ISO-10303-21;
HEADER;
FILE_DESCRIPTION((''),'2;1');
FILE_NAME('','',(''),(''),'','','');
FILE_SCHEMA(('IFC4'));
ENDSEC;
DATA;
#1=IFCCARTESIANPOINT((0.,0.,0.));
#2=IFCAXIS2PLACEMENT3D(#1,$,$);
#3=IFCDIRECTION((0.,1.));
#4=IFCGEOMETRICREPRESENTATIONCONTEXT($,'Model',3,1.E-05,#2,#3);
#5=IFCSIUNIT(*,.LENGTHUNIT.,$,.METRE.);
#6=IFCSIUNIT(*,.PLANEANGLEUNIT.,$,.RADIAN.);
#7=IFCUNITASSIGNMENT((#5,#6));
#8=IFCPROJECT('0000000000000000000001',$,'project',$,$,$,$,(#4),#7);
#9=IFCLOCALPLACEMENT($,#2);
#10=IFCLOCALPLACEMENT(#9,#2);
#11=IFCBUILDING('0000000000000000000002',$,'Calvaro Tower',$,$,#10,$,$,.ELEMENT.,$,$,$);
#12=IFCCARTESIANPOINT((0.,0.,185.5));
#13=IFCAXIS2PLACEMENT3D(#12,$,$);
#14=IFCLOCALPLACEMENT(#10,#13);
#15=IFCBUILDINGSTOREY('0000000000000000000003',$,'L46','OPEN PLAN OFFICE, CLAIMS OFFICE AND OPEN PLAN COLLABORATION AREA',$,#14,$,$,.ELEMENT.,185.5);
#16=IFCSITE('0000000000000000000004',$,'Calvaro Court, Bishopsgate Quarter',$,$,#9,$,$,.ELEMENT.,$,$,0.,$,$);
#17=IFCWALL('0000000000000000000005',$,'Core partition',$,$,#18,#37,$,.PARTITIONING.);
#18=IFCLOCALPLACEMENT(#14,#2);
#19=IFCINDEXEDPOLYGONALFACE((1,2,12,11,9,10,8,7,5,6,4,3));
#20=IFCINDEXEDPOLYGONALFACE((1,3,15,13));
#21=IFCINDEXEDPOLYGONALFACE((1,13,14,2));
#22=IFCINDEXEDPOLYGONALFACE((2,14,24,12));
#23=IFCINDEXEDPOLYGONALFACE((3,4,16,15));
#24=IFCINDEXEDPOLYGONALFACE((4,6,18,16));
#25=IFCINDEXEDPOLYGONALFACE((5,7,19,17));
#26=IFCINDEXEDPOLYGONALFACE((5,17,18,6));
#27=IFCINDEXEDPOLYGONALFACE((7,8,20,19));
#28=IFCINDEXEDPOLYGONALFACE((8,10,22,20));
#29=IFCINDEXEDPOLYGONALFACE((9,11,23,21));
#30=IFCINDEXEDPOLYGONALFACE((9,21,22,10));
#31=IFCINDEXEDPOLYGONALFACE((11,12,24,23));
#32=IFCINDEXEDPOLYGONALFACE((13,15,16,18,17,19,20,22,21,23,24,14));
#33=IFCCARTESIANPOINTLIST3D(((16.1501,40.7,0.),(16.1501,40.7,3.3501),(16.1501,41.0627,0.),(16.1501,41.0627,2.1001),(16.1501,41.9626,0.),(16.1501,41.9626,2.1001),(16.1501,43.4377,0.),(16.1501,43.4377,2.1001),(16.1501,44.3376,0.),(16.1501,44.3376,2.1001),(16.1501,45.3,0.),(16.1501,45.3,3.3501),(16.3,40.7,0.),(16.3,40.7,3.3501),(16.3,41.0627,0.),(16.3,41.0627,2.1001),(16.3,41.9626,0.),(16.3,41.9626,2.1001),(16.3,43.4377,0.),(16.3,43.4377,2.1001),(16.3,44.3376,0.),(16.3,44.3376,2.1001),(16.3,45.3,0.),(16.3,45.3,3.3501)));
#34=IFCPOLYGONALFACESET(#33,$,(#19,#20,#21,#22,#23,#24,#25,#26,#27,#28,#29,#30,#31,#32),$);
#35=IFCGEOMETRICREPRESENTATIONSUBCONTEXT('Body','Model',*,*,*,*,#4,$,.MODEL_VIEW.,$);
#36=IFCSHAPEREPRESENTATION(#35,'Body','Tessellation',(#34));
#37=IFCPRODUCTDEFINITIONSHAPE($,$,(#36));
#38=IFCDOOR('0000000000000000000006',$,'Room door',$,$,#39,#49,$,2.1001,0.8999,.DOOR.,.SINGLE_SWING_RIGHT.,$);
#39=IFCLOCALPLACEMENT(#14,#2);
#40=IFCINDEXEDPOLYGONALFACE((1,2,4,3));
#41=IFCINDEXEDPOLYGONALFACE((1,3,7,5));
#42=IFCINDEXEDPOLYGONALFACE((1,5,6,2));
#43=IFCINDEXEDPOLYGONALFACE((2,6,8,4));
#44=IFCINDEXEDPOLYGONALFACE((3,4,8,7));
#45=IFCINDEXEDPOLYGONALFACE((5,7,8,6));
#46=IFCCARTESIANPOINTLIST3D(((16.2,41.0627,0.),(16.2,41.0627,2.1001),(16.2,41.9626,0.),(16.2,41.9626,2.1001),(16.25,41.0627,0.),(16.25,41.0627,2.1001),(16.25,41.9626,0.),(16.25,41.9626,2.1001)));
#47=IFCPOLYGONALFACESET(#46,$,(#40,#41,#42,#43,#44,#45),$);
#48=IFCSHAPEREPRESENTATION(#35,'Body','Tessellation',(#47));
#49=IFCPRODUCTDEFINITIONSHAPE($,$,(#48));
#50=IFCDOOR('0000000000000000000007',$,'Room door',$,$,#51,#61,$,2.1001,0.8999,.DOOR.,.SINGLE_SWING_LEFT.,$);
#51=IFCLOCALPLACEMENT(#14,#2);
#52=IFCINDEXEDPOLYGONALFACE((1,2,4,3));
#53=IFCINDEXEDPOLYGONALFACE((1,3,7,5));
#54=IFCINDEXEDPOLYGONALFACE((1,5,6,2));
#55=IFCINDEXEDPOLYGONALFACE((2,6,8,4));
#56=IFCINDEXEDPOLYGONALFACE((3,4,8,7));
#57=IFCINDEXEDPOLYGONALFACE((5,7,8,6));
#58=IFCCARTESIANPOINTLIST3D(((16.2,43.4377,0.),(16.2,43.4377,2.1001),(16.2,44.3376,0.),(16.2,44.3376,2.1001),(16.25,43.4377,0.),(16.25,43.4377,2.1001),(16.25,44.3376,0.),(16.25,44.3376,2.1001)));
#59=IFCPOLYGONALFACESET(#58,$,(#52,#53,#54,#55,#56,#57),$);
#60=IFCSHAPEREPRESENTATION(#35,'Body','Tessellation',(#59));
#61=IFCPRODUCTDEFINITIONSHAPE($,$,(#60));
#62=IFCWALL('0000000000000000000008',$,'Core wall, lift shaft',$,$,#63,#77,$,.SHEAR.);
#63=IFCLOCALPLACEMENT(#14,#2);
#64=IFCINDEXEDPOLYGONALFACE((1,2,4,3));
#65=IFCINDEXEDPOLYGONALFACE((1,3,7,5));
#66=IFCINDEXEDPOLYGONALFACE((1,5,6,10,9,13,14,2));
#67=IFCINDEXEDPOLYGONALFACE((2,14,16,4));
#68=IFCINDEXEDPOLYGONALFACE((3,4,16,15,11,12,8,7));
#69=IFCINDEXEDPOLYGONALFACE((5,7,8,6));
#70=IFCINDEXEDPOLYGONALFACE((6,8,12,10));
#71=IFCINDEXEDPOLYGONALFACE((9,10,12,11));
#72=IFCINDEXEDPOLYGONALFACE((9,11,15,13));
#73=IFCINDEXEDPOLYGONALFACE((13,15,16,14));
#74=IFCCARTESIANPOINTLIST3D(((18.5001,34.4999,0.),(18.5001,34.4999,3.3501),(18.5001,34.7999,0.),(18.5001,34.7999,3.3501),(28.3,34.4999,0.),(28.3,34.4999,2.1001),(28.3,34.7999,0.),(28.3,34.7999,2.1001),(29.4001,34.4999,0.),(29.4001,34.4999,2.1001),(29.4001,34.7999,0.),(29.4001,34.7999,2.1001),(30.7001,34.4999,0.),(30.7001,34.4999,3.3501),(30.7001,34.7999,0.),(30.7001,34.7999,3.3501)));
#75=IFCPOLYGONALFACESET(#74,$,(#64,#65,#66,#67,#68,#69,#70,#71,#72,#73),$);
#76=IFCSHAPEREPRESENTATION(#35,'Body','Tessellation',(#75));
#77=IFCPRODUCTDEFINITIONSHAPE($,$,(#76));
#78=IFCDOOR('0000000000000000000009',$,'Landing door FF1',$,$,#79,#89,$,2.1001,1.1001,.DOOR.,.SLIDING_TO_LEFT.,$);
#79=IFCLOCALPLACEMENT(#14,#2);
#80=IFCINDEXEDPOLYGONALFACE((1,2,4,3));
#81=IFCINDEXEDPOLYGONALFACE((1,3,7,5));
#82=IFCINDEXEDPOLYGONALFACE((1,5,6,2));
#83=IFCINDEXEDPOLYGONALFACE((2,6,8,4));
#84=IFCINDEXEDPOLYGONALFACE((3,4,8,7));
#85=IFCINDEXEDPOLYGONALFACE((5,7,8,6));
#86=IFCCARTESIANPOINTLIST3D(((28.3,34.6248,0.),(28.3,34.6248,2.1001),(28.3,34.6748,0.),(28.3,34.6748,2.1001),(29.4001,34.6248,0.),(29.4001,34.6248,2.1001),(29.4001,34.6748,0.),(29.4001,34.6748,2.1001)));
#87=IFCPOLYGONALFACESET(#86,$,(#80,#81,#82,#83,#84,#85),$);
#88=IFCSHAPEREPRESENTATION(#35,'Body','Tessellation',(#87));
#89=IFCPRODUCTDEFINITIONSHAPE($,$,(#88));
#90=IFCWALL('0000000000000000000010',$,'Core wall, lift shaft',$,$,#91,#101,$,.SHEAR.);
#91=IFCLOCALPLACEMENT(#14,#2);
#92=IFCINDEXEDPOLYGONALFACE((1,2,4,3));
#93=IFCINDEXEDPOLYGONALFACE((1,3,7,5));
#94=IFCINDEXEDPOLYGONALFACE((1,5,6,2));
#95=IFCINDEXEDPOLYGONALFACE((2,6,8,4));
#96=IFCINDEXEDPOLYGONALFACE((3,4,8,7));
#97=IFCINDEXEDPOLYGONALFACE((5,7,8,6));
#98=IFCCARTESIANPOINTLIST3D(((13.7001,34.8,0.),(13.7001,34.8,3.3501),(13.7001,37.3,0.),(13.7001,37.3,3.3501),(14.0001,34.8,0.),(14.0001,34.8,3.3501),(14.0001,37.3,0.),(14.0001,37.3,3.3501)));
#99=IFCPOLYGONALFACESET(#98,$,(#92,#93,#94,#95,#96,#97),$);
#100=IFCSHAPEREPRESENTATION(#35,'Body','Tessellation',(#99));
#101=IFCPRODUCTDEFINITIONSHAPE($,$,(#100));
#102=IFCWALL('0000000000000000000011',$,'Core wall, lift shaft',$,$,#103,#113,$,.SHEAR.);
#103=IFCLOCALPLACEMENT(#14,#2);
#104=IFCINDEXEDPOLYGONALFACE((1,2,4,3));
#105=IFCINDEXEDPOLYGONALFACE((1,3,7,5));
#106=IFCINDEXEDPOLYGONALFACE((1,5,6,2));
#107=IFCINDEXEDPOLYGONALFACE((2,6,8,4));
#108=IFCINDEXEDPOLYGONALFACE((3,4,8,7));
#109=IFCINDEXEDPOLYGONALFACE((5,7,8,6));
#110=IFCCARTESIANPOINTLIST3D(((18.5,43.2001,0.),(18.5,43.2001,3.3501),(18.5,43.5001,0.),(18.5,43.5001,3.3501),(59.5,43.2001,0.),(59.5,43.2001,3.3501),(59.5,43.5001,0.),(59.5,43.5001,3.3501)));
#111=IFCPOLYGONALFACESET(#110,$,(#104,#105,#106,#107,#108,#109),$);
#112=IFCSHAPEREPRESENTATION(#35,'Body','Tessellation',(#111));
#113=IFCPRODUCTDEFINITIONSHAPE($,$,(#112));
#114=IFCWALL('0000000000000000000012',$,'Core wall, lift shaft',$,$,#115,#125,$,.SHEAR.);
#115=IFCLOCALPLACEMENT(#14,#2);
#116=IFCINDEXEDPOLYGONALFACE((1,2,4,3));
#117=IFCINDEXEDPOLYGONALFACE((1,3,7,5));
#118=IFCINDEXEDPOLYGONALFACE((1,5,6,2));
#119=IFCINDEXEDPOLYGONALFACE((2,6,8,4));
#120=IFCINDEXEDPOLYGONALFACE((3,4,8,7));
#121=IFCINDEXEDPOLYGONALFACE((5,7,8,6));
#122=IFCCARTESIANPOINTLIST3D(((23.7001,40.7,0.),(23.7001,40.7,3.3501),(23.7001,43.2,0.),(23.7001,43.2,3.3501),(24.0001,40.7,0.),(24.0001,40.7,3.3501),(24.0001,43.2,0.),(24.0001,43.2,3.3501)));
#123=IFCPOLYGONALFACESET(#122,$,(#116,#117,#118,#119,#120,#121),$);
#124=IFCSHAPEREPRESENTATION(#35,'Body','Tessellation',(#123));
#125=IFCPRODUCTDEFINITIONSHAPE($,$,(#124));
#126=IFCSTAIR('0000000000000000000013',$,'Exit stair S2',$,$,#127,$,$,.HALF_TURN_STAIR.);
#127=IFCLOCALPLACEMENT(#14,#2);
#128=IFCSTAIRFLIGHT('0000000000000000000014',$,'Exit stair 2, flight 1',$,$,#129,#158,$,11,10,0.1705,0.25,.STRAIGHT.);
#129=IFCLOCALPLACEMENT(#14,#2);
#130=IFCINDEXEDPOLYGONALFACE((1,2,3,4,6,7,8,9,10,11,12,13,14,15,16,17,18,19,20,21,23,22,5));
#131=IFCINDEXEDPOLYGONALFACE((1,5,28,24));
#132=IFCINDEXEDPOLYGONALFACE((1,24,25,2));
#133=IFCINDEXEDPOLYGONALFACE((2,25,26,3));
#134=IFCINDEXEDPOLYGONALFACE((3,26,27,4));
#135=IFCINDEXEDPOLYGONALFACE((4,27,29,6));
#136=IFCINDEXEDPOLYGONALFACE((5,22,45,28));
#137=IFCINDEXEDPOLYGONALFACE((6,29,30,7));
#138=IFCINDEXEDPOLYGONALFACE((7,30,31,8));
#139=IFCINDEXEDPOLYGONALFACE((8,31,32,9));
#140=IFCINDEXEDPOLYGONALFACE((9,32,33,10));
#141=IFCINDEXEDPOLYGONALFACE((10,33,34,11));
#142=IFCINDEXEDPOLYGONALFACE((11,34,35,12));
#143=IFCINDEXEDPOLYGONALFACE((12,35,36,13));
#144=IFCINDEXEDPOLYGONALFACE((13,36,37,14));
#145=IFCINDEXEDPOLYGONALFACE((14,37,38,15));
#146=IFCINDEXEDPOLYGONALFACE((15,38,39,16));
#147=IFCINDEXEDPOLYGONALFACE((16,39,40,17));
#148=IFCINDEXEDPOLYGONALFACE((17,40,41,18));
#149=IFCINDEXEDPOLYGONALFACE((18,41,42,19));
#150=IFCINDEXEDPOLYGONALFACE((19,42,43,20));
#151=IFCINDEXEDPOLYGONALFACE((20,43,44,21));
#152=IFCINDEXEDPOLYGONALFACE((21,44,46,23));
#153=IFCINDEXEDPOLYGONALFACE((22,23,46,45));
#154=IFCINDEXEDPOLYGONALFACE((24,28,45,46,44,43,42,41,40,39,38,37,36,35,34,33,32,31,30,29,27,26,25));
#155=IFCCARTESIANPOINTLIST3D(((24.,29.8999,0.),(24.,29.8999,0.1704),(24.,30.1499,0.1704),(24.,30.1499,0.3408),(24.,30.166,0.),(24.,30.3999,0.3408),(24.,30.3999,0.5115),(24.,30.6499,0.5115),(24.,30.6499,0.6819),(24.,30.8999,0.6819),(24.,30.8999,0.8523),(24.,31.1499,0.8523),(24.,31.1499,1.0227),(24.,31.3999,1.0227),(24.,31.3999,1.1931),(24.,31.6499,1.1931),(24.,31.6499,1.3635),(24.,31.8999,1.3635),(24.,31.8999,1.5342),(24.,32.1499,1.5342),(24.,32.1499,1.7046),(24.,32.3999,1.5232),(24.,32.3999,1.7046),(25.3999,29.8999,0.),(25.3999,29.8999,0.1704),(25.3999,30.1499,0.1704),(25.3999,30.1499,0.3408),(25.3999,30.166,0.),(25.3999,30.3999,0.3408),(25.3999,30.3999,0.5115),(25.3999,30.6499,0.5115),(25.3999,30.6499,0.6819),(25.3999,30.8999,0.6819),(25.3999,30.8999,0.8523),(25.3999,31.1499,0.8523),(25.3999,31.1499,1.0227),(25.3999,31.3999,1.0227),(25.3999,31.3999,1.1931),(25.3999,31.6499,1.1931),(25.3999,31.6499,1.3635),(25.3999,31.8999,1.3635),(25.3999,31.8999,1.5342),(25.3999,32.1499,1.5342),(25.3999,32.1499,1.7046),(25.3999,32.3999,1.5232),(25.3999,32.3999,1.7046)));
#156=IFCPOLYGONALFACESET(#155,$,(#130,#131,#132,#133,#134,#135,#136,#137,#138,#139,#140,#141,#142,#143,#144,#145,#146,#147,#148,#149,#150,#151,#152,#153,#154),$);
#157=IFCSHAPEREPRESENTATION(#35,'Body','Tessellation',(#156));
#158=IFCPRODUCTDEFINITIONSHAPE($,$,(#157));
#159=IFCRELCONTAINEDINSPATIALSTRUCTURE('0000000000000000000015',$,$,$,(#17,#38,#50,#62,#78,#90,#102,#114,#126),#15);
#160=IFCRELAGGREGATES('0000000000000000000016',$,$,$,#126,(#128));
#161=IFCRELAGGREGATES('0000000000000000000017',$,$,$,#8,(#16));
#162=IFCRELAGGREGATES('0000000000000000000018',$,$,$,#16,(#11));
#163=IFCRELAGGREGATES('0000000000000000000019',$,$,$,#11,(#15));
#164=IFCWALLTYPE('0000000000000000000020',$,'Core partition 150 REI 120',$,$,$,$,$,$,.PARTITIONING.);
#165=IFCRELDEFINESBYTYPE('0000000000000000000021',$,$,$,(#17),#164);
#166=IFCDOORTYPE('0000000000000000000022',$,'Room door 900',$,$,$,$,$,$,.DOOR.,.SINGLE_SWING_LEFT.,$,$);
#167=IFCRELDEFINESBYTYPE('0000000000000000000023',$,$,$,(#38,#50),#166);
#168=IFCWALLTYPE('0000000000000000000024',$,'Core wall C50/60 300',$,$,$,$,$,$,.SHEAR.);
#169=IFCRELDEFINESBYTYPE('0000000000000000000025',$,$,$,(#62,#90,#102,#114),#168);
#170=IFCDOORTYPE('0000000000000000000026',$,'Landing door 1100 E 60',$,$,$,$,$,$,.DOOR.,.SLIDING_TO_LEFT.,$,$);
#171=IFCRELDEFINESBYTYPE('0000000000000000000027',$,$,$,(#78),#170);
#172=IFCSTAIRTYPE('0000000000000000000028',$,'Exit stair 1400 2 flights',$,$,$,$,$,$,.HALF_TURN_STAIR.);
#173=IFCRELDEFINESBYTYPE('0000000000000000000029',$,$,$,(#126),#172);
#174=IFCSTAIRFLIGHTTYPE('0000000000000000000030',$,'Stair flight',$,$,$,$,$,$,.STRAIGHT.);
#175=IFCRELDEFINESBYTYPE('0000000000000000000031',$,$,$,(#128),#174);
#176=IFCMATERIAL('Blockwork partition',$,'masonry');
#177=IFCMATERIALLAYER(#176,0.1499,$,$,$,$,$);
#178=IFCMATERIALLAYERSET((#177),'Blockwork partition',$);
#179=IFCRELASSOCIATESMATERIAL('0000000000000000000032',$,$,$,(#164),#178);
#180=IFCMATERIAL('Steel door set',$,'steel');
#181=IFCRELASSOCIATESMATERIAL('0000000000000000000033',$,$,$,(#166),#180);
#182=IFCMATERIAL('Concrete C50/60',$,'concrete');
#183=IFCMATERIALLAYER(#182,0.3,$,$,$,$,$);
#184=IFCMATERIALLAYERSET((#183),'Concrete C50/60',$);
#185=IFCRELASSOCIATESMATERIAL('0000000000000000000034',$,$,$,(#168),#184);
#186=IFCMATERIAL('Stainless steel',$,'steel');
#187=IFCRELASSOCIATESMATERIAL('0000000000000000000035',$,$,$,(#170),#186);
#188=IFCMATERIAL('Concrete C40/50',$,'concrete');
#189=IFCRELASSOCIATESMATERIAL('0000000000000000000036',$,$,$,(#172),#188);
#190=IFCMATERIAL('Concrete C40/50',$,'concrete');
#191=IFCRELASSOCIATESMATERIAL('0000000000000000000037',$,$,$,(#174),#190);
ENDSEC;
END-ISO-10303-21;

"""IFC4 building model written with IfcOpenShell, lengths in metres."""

from ifc_helpers import new_model, si_unit, direction, frame, frame_2d, origin, place, context, subcontext, project, spatial, polyline, rectangle, outline, extrude, material, layer, layer_set, type_object, element, fill, aggregate, save


model = new_model("IFC4")

# Units and contexts
model_context = context("Model", 3, precision=1e-05, world=origin(), true_north=direction((0.0, 1.0)))
body_context = subcontext(model_context, "Body", "Model", "MODEL_VIEW")
ifc_project = project(units=[si_unit("LENGTHUNIT", "METRE"), si_unit("PLANEANGLEUNIT", "RADIAN")], contexts=[model_context])

# Site, building, storey
site_placement = place(None, origin())
site = spatial("IfcSite", under=ifc_project, at=site_placement, Name="Calvaro Court, Bishopsgate Quarter", CompositionType="ELEMENT", RefElevation=0.0)
building_placement = place(site_placement, origin())
building = spatial("IfcBuilding", under=site, at=building_placement, Name="Calvaro Tower", CompositionType="ELEMENT")
storey_placement = place(building_placement, frame((0.0, 0.0, 185.5)))
storey = spatial("IfcBuildingStorey", under=building, at=storey_placement, Name="L46", Description="OPEN PLAN OFFICE, CLAIMS OFFICE AND OPEN PLAN COLLABORATION AREA", CompositionType="ELEMENT", Elevation=185.5)

# Wall, openings, doors
ifc_material_1 = material(Name="Blockwork partition", Category="masonry")
ifc_layer_1 = layer(ifc_material_1, 0.1499)
ifc_layer_set_1 = layer_set([ifc_layer_1], Name="Blockwork partition")
wall_type_1 = type_object("IfcWallType", Name="Core partition 150 REI 120", PredefinedType="PARTITIONING", material=ifc_layer_set_1)
wall_1_placement = place(storey_placement, frame((16.2251, 45.3, 0.0), z_axis=(0.0, 0.0, 1.0), x_axis=(0.0, -1.0, 0.0)))
wall_1 = element("IfcWall", 1, at=wall_1_placement, inside=storey, type_object=wall_type_1, Name="Core partition", PredefinedType="PARTITIONING", context=body_context, shape_type="SweptSolid", body=[
    extrude(rectangle(XDim=4.6001, YDim=0.1499, at=frame_2d((2.3, 0.0))), origin(), (0.0, 0.0, 1.0), 3.3501),
])
opening_1_placement = place(wall_1_placement, frame((3.3374, 0.0, 0.0)))
opening_1 = element("IfcOpeningElement", 2, at=opening_1_placement, cuts=wall_1, PredefinedType="OPENING", context=body_context, shape_type="SweptSolid", body=[
    extrude(rectangle(XDim=0.8999, YDim=2.1001, at=frame_2d((0.45, 1.05))), frame((0.0, 0.085, 0.0), z_axis=(0.0, -1.0, 0.0), x_axis=(1.0, 0.0, 0.0)), (0.0, 0.0, 1.0), 0.1699),
])
opening_2_placement = place(wall_1_placement, frame((0.9624, 0.0, 0.0)))
opening_2 = element("IfcOpeningElement", 3, at=opening_2_placement, cuts=wall_1, PredefinedType="OPENING", context=body_context, shape_type="SweptSolid", body=[
    extrude(rectangle(XDim=0.8999, YDim=2.1001, at=frame_2d((0.45, 1.05))), frame((0.0, 0.085, 0.0), z_axis=(0.0, -1.0, 0.0), x_axis=(1.0, 0.0, 0.0)), (0.0, 0.0, 1.0), 0.1699),
])
ifc_material_2 = material(Name="Steel door set", Category="steel")
door_type_1 = type_object("IfcDoorType", Name="Room door 900", OperationType="SINGLE_SWING_LEFT", PredefinedType="DOOR", material=ifc_material_2)
door_1_placement = place(opening_1_placement, origin())
door_1 = element("IfcDoor", 4, at=door_1_placement, inside=storey, type_object=door_type_1, Name="Room door", OperationType="SINGLE_SWING_RIGHT", OverallHeight=2.1001, OverallWidth=0.8999, PredefinedType="DOOR", context=body_context, shape_type="SweptSolid", body=[
    extrude(rectangle(XDim=0.8999, YDim=2.1001, at=frame_2d((0.45, 1.05))), frame((0.0, 0.0249, 0.0), z_axis=(0.0, -1.0, 0.0), x_axis=(1.0, 0.0, 0.0)), (0.0, 0.0, 1.0), 0.05),
])
fill(opening_1, door_1)
door_2_placement = place(opening_2_placement, origin())
door_2 = element("IfcDoor", 5, at=door_2_placement, inside=storey, type_object=door_type_1, Name="Room door", OperationType="SINGLE_SWING_LEFT", OverallHeight=2.1001, OverallWidth=0.8999, PredefinedType="DOOR", context=body_context, shape_type="SweptSolid", body=[
    extrude(rectangle(XDim=0.8999, YDim=2.1001, at=frame_2d((0.45, 1.05))), frame((0.0, 0.0249, 0.0), z_axis=(0.0, -1.0, 0.0), x_axis=(1.0, 0.0, 0.0)), (0.0, 0.0, 1.0), 0.05),
])
fill(opening_2, door_2)

# Wall, opening, door
ifc_material_3 = material(Name="Concrete C50/60", Category="concrete")
ifc_layer_2 = layer(ifc_material_3, 0.3)
ifc_layer_set_2 = layer_set([ifc_layer_2], Name="Concrete C50/60")
wall_type_2 = type_object("IfcWallType", Name="Core wall C50/60 300", PredefinedType="SHEAR", material=ifc_layer_set_2)
wall_2_placement = place(storey_placement, frame((18.5, 34.6499, 0.0), z_axis=(0.0, 0.0, 1.0), x_axis=(1.0, 0.0, 0.0)))
wall_2 = element("IfcWall", 6, at=wall_2_placement, inside=storey, type_object=wall_type_2, Name="Core wall, lift shaft", PredefinedType="SHEAR", context=body_context, shape_type="SweptSolid", body=[
    extrude(rectangle(XDim=12.2, YDim=0.3, at=frame_2d((6.1001, 0.0))), origin(), (0.0, 0.0, 1.0), 3.3501),
])
opening_3_placement = place(wall_2_placement, frame((9.8, 0.0, 0.0)))
opening_3 = element("IfcOpeningElement", 7, at=opening_3_placement, cuts=wall_2, PredefinedType="OPENING", context=body_context, shape_type="SweptSolid", body=[
    extrude(rectangle(XDim=1.1001, YDim=2.1001, at=frame_2d((0.55, 1.05))), frame((0.0, 0.1599, 0.0), z_axis=(0.0, -1.0, 0.0), x_axis=(1.0, 0.0, 0.0)), (0.0, 0.0, 1.0), 0.3201),
])
ifc_material_4 = material(Name="Stainless steel", Category="steel")
door_type_2 = type_object("IfcDoorType", Name="Landing door 1100 E 60", OperationType="SLIDING_TO_LEFT", PredefinedType="DOOR", material=ifc_material_4)
door_3_placement = place(opening_3_placement, origin())
door_3 = element("IfcDoor", 8, at=door_3_placement, inside=storey, type_object=door_type_2, Name="Landing door FF1", OperationType="SLIDING_TO_LEFT", OverallHeight=2.1001, OverallWidth=1.1001, PredefinedType="DOOR", context=body_context, shape_type="SweptSolid", body=[
    extrude(rectangle(XDim=1.1001, YDim=2.1001, at=frame_2d((0.55, 1.05))), frame((0.0, 0.0249, 0.0), z_axis=(0.0, -1.0, 0.0), x_axis=(1.0, 0.0, 0.0)), (0.0, 0.0, 1.0), 0.05),
])
fill(opening_3, door_3)

# Wall
wall_3_placement = place(storey_placement, frame((13.8501, 34.8, 0.0), z_axis=(0.0, 0.0, 1.0), x_axis=(0.0, 1.0, 0.0)))
element("IfcWall", 9, at=wall_3_placement, inside=storey, type_object=wall_type_2, Name="Core wall, lift shaft", PredefinedType="SHEAR", context=body_context, shape_type="SweptSolid", body=[
    extrude(rectangle(XDim=2.5, YDim=0.3, at=frame_2d((1.25, 0.0))), origin(), (0.0, 0.0, 1.0), 3.3501),
])

# Walls
wall_4_placement = place(storey_placement, frame((18.5, 43.3501, 0.0), z_axis=(0.0, 0.0, 1.0), x_axis=(1.0, 0.0, 0.0)))
element("IfcWall", 10, at=wall_4_placement, inside=storey, type_object=wall_type_2, Name="Core wall, lift shaft", PredefinedType="SHEAR", context=body_context, shape_type="SweptSolid", body=[
    extrude(rectangle(XDim=41.0, YDim=0.3, at=frame_2d((20.5, 0.0))), origin(), (0.0, 0.0, 1.0), 3.3501),
])
wall_5_placement = place(storey_placement, frame((23.8501, 40.7, 0.0), z_axis=(0.0, 0.0, 1.0), x_axis=(0.0, 1.0, 0.0)))
element("IfcWall", 11, at=wall_5_placement, inside=storey, type_object=wall_type_2, Name="Core wall, lift shaft", PredefinedType="SHEAR", context=body_context, shape_type="SweptSolid", body=[
    extrude(rectangle(XDim=2.5, YDim=0.3, at=frame_2d((1.25, 0.0))), origin(), (0.0, 0.0, 1.0), 3.3501),
])

# Stair, stair flight
ifc_material_5 = material(Name="Concrete C40/50", Category="concrete")
stair_type = type_object("IfcStairType", Name="Exit stair 1400 2 flights", PredefinedType="HALF_TURN_STAIR", material=ifc_material_5)
stair_placement = place(storey_placement, origin())
stair = element("IfcStair", 12, at=stair_placement, inside=storey, type_object=stair_type, Name="Exit stair S2", PredefinedType="HALF_TURN_STAIR")
ifc_material_6 = material(Name="Concrete C40/50", Category="concrete")
stair_flight_type = type_object("IfcStairFlightType", Name="Stair flight", PredefinedType="STRAIGHT", material=ifc_material_6)
stair_flight_placement = place(storey_placement, frame((24.7, 29.8999, 0.0), z_axis=(0.0, 0.0, 1.0), x_axis=(0.0, 1.0, 0.0)))
stair_flight = element("IfcStairFlight", 13, at=stair_flight_placement, type_object=stair_flight_type, Name="Exit stair 2, flight 1", NumberOfRisers=11, NumberOfTreads=10, PredefinedType="STRAIGHT", RiserHeight=0.1705, TreadLength=0.25, context=body_context, shape_type="SweptSolid", body=[
    extrude(outline(polyline([(0.0, 0.0), (0.0, 0.1704), (0.25, 0.1704), (0.25, 0.3408), (0.5, 0.3408), (0.5, 0.5115), (0.75, 0.5115), (0.75, 0.6819), (1.0, 0.6819), (1.0, 0.8523), (1.25, 0.8523), (1.25, 1.0227), (1.5, 1.0227), (1.5, 1.1931), (1.75, 1.1931), (1.75, 1.3635), (2.0, 1.3635), (2.0, 1.5342), (2.25, 1.5342), (2.25, 1.7046), (2.5, 1.7046), (2.5, 1.875), (2.5, 1.5232), (0.2661, 0.0), (0.0, 0.0)])), frame((0.0, 0.7, 0.0), z_axis=(0.0, -1.0, 0.0), x_axis=(1.0, 0.0, 0.0)), (0.0, 0.0, 1.0), 1.3999),
])
aggregate(stair, [stair_flight])

save(model, "model.ifc")
